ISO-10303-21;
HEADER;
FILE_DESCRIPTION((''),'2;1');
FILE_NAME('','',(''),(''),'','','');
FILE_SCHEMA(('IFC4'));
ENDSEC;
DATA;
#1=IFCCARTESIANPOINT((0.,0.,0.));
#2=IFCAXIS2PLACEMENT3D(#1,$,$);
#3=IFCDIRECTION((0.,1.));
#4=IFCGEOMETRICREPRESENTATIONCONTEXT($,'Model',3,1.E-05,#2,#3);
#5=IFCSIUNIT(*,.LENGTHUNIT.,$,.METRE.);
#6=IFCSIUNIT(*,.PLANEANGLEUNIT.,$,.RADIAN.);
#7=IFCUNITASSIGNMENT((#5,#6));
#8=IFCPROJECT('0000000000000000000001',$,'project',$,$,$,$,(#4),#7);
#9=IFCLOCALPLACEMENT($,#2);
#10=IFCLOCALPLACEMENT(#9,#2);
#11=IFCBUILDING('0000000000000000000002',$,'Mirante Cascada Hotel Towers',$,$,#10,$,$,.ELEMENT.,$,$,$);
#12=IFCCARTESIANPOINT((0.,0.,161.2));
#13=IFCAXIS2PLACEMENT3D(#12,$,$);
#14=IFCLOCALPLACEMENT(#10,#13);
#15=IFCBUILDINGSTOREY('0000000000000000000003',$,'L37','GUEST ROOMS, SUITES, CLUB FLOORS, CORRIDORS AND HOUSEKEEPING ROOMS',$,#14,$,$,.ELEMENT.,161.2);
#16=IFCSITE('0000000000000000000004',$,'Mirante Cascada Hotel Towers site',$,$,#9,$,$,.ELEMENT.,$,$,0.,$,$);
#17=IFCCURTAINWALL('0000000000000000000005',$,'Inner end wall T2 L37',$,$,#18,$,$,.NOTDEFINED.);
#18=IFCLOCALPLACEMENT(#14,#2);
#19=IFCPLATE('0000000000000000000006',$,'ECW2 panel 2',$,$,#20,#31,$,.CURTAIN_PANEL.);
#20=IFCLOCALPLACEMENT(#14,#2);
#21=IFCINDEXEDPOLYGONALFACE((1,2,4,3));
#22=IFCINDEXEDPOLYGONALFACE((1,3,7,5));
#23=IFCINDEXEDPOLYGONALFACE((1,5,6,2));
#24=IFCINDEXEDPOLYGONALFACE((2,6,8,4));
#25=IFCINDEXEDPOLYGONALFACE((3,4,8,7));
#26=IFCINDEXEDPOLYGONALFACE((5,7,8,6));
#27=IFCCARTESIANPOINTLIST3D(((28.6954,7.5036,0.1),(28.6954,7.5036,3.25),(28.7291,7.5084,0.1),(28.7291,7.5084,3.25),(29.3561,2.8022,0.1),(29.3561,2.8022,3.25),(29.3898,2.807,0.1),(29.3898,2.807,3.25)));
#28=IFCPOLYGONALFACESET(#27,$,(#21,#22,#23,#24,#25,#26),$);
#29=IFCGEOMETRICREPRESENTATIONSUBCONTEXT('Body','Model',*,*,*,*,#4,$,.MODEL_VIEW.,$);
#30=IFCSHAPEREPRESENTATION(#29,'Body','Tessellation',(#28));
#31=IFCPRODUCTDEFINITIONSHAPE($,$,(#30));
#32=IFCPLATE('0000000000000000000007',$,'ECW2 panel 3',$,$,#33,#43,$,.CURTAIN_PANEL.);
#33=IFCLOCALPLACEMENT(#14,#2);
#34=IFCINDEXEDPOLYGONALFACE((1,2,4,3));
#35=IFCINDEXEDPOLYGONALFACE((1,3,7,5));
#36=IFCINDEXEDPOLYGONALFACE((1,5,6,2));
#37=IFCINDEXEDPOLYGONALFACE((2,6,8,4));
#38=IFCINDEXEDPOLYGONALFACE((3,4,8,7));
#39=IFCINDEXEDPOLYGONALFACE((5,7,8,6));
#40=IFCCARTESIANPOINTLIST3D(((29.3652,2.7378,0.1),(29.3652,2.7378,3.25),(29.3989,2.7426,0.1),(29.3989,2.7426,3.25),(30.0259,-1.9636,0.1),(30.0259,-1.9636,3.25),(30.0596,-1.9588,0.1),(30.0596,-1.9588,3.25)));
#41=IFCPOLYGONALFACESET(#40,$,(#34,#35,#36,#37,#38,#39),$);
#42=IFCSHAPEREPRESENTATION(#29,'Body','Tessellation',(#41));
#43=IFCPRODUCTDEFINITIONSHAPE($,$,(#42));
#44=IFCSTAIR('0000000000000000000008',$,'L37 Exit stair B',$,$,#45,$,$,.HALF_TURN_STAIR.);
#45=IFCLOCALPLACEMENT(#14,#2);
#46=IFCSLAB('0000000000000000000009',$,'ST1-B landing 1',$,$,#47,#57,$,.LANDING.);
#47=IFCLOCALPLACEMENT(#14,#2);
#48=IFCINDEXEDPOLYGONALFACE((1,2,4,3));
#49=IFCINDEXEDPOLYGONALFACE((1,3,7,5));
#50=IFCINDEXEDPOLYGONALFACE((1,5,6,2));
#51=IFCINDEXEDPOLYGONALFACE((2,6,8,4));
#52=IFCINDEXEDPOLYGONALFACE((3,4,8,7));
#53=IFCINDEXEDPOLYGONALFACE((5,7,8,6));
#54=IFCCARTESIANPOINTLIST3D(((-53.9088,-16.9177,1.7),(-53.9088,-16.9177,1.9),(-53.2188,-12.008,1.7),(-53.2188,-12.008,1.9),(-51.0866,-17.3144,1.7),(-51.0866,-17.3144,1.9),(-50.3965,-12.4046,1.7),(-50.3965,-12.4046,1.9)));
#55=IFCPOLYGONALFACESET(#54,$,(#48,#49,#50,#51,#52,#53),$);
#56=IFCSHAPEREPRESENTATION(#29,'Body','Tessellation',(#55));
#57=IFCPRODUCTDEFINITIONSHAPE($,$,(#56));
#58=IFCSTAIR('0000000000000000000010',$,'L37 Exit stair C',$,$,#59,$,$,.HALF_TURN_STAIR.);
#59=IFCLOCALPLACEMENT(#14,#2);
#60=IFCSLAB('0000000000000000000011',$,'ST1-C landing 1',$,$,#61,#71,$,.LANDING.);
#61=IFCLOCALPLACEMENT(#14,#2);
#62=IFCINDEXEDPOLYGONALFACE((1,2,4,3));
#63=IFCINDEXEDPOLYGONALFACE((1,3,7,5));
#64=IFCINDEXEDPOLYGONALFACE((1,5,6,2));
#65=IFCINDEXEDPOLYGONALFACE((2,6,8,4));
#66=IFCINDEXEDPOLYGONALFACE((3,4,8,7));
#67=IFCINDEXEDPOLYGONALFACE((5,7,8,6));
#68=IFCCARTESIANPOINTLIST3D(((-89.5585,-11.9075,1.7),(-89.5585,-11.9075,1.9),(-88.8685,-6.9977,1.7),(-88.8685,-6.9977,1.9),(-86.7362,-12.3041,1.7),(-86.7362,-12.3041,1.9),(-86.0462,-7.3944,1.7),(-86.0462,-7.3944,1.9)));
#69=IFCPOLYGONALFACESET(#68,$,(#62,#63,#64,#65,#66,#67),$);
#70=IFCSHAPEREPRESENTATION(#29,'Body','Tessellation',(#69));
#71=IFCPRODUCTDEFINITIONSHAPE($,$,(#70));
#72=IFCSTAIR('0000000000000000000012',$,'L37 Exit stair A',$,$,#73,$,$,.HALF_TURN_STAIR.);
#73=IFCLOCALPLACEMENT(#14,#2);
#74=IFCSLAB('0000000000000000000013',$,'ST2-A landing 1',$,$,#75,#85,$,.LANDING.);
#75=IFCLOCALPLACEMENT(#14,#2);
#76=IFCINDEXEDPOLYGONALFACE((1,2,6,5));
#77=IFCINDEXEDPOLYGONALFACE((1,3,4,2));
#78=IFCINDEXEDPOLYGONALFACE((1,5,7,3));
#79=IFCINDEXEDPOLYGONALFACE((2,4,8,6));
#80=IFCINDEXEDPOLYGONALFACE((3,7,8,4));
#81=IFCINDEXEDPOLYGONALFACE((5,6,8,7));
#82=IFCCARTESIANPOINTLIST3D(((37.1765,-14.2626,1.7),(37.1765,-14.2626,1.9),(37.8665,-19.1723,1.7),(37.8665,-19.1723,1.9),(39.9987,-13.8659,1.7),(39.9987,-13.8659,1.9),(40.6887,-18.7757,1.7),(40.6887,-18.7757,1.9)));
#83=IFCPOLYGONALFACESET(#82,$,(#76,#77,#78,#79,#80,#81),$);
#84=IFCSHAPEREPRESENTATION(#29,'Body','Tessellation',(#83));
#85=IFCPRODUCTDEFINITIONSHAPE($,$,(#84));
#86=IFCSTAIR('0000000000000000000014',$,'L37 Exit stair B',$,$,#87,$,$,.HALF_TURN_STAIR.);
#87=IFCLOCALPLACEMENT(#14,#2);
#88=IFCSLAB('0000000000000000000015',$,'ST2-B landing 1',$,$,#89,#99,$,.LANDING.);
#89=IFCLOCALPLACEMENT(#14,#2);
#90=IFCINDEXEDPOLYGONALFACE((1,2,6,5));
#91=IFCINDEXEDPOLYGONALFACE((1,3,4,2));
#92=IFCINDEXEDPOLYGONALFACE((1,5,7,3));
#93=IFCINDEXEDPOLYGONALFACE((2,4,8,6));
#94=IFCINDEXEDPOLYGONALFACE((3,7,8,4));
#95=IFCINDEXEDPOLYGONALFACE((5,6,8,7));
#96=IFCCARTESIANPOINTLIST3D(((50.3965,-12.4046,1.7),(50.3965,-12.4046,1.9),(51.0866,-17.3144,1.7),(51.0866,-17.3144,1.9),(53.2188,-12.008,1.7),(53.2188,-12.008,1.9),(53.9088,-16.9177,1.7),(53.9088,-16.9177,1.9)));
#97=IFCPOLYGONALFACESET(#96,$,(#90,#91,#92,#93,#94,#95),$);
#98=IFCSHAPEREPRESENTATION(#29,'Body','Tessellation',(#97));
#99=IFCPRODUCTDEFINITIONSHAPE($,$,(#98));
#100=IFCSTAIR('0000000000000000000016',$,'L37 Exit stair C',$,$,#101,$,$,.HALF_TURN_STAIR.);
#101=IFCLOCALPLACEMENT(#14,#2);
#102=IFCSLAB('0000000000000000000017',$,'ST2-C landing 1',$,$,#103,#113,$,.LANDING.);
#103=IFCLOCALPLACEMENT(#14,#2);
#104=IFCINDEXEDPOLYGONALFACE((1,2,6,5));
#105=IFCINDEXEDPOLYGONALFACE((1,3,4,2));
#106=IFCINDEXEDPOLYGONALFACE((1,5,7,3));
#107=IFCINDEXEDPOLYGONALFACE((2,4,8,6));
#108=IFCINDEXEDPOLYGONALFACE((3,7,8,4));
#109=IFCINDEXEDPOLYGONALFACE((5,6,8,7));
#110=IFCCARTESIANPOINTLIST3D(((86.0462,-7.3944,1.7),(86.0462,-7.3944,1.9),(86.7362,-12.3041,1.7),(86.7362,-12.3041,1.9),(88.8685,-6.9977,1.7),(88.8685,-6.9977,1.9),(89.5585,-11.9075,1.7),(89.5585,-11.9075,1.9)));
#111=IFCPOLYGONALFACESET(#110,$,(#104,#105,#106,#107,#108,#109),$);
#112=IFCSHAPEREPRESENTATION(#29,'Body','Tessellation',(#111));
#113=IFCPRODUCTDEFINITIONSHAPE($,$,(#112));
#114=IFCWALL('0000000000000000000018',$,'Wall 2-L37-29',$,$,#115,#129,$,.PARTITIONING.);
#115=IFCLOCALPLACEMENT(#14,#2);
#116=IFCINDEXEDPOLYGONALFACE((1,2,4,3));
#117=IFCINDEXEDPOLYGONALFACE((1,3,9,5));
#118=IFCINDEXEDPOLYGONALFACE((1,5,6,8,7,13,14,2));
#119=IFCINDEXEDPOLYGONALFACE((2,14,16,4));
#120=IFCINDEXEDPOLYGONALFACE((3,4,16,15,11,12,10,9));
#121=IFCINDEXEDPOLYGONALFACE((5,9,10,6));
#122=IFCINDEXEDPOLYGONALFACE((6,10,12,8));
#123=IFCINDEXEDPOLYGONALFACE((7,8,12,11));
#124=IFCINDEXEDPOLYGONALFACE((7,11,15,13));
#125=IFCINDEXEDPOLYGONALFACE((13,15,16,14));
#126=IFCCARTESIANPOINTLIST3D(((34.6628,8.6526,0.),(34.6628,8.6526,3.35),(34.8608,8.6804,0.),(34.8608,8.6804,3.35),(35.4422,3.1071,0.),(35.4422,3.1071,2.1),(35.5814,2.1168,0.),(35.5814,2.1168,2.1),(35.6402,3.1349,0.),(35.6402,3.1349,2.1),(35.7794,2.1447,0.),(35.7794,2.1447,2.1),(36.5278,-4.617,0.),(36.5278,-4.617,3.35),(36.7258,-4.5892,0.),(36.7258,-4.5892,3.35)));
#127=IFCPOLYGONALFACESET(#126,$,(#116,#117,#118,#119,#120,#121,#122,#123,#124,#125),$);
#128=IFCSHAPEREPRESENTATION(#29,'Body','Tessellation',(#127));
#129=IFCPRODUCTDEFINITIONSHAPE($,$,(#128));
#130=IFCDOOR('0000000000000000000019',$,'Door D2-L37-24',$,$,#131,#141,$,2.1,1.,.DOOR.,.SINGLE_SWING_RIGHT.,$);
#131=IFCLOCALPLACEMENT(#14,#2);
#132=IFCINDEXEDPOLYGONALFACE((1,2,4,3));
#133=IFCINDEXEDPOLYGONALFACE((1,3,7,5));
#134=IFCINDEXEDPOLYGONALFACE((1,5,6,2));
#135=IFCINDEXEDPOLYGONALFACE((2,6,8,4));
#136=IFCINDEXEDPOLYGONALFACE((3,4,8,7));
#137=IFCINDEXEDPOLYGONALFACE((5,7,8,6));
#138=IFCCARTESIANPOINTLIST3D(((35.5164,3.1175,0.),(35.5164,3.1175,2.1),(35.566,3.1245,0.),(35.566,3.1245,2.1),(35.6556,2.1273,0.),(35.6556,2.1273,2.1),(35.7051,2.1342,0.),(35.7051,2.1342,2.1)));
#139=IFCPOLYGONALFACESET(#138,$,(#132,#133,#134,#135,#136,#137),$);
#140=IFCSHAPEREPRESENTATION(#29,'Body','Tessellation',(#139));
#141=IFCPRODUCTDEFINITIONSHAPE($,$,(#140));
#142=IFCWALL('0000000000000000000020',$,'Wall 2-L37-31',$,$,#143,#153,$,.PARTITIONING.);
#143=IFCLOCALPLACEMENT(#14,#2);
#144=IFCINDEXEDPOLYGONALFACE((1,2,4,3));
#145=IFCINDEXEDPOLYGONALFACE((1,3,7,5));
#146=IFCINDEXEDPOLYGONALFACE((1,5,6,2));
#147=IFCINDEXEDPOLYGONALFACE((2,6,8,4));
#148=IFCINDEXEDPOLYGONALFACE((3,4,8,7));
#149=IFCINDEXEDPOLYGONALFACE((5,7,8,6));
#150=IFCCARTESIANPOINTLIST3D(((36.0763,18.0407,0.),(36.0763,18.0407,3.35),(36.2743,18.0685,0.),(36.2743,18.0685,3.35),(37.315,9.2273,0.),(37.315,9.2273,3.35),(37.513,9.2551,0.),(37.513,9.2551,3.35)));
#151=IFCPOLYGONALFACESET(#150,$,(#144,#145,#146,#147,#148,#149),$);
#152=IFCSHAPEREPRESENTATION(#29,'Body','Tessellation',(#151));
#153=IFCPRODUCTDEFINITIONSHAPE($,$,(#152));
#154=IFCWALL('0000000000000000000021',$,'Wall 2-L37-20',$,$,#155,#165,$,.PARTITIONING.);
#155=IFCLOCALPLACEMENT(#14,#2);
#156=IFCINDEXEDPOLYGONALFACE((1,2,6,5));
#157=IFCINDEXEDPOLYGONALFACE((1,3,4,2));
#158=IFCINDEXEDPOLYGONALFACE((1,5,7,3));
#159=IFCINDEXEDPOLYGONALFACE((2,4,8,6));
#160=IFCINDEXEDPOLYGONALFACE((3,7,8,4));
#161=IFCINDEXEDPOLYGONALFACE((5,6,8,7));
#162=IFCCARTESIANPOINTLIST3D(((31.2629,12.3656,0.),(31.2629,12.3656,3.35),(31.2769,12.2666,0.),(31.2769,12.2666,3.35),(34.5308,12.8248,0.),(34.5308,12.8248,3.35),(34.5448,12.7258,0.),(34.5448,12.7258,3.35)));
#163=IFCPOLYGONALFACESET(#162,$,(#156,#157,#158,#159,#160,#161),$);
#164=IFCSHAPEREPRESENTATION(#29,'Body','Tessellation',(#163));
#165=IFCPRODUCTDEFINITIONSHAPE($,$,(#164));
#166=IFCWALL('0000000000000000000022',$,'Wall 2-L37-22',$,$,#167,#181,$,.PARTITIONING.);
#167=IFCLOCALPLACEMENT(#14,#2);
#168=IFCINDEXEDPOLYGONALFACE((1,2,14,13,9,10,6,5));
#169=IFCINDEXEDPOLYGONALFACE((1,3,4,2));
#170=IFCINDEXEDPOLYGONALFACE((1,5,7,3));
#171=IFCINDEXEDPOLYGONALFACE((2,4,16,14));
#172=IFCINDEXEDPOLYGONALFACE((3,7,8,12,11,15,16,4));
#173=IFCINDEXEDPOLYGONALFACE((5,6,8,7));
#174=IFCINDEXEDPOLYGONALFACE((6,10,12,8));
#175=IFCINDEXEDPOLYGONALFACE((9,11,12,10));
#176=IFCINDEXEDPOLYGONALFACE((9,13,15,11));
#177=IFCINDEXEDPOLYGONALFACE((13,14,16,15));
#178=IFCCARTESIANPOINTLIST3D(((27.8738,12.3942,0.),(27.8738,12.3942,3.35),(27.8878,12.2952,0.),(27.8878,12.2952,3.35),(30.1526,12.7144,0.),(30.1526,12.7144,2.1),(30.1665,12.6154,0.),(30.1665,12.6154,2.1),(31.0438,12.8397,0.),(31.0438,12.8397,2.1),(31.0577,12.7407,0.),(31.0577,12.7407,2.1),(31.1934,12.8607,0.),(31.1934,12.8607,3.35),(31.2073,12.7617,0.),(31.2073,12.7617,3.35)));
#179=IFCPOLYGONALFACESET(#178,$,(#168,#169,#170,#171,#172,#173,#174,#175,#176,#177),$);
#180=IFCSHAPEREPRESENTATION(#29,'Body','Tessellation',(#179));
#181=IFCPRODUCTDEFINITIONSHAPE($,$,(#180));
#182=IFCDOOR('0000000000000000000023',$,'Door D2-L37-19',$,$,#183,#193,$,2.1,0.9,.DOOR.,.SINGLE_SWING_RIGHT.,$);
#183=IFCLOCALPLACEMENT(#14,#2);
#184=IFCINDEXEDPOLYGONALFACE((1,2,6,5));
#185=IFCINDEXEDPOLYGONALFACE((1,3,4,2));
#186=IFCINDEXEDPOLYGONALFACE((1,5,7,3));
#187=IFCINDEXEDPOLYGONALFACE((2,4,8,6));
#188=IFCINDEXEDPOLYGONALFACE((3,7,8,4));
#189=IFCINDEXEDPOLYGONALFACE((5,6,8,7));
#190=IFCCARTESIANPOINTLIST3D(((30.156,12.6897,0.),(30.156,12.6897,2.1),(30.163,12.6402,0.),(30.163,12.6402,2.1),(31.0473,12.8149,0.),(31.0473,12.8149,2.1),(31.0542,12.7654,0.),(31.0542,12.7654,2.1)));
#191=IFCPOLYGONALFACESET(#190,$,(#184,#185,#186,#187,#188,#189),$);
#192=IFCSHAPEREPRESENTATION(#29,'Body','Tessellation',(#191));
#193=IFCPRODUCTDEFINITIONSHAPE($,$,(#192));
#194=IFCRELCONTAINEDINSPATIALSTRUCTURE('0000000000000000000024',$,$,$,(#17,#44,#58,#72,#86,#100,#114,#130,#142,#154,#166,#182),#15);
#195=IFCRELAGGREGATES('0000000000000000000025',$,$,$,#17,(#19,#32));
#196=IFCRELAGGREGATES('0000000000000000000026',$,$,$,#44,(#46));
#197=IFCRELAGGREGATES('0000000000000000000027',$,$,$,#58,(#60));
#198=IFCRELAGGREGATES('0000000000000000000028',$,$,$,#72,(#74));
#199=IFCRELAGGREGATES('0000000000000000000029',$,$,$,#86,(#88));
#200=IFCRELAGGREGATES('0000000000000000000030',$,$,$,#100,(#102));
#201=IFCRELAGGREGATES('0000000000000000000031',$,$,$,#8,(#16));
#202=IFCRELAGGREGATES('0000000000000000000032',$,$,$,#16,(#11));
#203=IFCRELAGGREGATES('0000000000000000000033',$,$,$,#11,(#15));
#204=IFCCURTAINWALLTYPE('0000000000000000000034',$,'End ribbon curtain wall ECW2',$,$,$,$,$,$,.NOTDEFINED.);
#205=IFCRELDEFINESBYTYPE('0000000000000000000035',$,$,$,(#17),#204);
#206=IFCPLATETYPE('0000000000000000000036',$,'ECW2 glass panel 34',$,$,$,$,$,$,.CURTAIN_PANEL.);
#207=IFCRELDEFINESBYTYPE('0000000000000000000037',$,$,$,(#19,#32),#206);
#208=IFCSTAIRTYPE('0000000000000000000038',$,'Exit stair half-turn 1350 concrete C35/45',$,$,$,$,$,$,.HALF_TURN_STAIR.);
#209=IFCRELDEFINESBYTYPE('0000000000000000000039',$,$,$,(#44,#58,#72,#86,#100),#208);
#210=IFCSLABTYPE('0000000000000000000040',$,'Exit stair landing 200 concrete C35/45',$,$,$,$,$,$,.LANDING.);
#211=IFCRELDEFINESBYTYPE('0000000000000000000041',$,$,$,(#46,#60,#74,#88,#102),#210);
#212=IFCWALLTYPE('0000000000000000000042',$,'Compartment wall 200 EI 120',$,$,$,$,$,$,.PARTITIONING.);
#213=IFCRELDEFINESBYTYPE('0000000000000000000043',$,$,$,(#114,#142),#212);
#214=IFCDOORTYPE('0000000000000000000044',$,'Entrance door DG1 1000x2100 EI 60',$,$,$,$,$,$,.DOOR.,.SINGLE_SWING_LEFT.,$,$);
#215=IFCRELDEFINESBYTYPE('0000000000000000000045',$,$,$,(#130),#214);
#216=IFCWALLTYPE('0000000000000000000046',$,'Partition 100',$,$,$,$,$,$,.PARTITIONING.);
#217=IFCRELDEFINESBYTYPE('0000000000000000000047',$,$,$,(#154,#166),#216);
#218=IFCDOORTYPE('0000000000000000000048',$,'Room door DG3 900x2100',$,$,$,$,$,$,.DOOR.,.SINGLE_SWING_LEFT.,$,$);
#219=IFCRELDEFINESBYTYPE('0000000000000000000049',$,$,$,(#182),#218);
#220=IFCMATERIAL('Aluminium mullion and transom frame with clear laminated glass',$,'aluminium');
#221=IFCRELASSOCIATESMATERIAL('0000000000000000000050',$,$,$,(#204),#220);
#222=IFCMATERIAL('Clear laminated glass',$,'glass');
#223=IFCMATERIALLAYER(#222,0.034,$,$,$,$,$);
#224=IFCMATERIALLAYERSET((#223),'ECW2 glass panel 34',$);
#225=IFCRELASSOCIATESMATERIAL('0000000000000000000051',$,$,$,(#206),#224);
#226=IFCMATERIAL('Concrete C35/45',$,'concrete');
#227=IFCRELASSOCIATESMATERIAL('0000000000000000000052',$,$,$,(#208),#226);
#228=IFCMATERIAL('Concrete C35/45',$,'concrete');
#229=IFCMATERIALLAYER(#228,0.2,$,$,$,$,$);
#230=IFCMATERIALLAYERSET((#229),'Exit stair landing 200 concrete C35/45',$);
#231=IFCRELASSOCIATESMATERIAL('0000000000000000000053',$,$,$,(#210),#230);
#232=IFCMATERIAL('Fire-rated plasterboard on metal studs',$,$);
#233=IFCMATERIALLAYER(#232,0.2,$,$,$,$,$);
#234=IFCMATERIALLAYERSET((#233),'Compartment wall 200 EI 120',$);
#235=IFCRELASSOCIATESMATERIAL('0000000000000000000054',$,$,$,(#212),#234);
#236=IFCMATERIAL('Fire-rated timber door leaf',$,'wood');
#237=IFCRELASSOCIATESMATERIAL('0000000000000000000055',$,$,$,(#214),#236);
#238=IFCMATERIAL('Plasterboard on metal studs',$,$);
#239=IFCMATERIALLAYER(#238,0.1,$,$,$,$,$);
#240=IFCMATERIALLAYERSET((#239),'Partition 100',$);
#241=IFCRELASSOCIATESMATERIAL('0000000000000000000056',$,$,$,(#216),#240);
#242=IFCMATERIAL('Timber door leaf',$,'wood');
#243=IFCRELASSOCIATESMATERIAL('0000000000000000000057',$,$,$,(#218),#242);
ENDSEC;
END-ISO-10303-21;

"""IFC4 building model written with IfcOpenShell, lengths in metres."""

from ifc_helpers import new_model, si_unit, direction, frame, frame_2d, origin, origin_2d, place, context, subcontext, project, spatial, polyline, rectangle, outline, extrude, material, layer, layer_set, type_object, element, fill, aggregate, save


model = new_model("IFC4")

# Units and contexts
model_context = context("Model", 3, precision=1e-05, world=origin(), true_north=direction((0.0, 1.0)))
body_context = subcontext(model_context, "Body", "Model", "MODEL_VIEW")
ifc_project = project(units=[si_unit("LENGTHUNIT", "METRE"), si_unit("PLANEANGLEUNIT", "RADIAN")], contexts=[model_context])

# Site, building, storey
site_placement = place(None, origin())
site = spatial("IfcSite", under=ifc_project, at=site_placement, Name="Mirante Cascada Hotel Towers site", CompositionType="ELEMENT", RefElevation=0.0)
building_placement = place(site_placement, origin())
building = spatial("IfcBuilding", under=site, at=building_placement, Name="Mirante Cascada Hotel Towers", CompositionType="ELEMENT")
storey_placement = place(building_placement, frame((0.0, 0.0, 161.2)))
storey = spatial("IfcBuildingStorey", under=building, at=storey_placement, Name="L37", Description="GUEST ROOMS, SUITES, CLUB FLOORS, CORRIDORS AND HOUSEKEEPING ROOMS", CompositionType="ELEMENT", Elevation=161.2)

# Curtain wall
ifc_material_1 = material(Name="Aluminium mullion and transom frame with clear laminated glass", Category="aluminium")
curtain_wall_type_1 = type_object("IfcCurtainWallType", Name="End ribbon curtain wall ECW2", PredefinedType="NOTDEFINED", material=ifc_material_1)
curtain_wall_1_placement = place(storey_placement, origin())
curtain_wall_1 = element("IfcCurtainWall", 1, at=curtain_wall_1_placement, inside=storey, type_object=curtain_wall_type_1, Name="Inner end wall T2 L37", PredefinedType="NOTDEFINED")

# Plates
ifc_material_2 = material(Name="Clear laminated glass", Category="glass")
ifc_layer_1 = layer(ifc_material_2, 0.034)
ifc_layer_set_1 = layer_set([ifc_layer_1], Name="ECW2 glass panel 34")
plate_type_1 = type_object("IfcPlateType", Name="ECW2 glass panel 34", PredefinedType="CURTAIN_PANEL", material=ifc_layer_set_1)
plate_1_placement = place(storey_placement, frame((29.0426, 5.1553, 0.1), z_axis=(0.0, 0.0, 1.0), x_axis=(0.139173, -0.990268, 0.0)))
plate_1 = element("IfcPlate", 2, at=plate_1_placement, type_object=plate_type_1, Name="ECW2 panel 2", PredefinedType="CURTAIN_PANEL", context=body_context, shape_type="SweptSolid", body=[
    extrude(rectangle(XDim=4.7476, YDim=0.034, at=origin_2d()), origin(), (0.0, 0.0, 1.0), 3.15),
])
plate_2_placement = place(storey_placement, frame((29.7124, 0.3895, 0.1), z_axis=(0.0, 0.0, 1.0), x_axis=(0.139173, -0.990268, 0.0)))
plate_2 = element("IfcPlate", 3, at=plate_2_placement, type_object=plate_type_1, Name="ECW2 panel 3", PredefinedType="CURTAIN_PANEL", context=body_context, shape_type="SweptSolid", body=[
    extrude(rectangle(XDim=4.7476, YDim=0.034, at=origin_2d()), origin(), (0.0, 0.0, 1.0), 3.15),
])
aggregate(curtain_wall_1, [plate_1, plate_2])

# Stairs, slabs
ifc_material_3 = material(Name="Concrete C35/45", Category="concrete")
stair_type = type_object("IfcStairType", Name="Exit stair half-turn 1350 concrete C35/45", PredefinedType="HALF_TURN_STAIR", material=ifc_material_3)
stair_1_placement = place(storey_placement, origin())
stair_1 = element("IfcStair", 4, at=stair_1_placement, inside=storey, type_object=stair_type, Name="L37 Exit stair B", PredefinedType="HALF_TURN_STAIR")
ifc_material_4 = material(Name="Concrete C35/45", Category="concrete")
ifc_layer_2 = layer(ifc_material_4, 0.2)
ifc_layer_set_2 = layer_set([ifc_layer_2], Name="Exit stair landing 200 concrete C35/45")
slab_type = type_object("IfcSlabType", Name="Exit stair landing 200 concrete C35/45", PredefinedType="LANDING", material=ifc_layer_set_2)
slab_1_placement = place(storey_placement, frame((0.0, 0.0, 1.7)))
slab_1 = element("IfcSlab", 5, at=slab_1_placement, type_object=slab_type, Name="ST1-B landing 1", PredefinedType="LANDING", context=body_context, shape_type="SweptSolid", body=[
    extrude(outline(polyline([(-53.2188, -12.008), (-53.9088, -16.9177), (-51.0866, -17.3144), (-50.3965, -12.4046), (-53.2188, -12.008)])), origin(), (0.0, 0.0, 1.0), 0.2),
])
aggregate(stair_1, [slab_1])
stair_2_placement = place(storey_placement, origin())
stair_2 = element("IfcStair", 6, at=stair_2_placement, inside=storey, type_object=stair_type, Name="L37 Exit stair C", PredefinedType="HALF_TURN_STAIR")
slab_2_placement = place(storey_placement, frame((0.0, 0.0, 1.7)))
slab_2 = element("IfcSlab", 7, at=slab_2_placement, type_object=slab_type, Name="ST1-C landing 1", PredefinedType="LANDING", context=body_context, shape_type="SweptSolid", body=[
    extrude(outline(polyline([(-88.8685, -6.9977), (-89.5585, -11.9075), (-86.7362, -12.3041), (-86.0462, -7.3944), (-88.8685, -6.9977)])), origin(), (0.0, 0.0, 1.0), 0.2),
])
aggregate(stair_2, [slab_2])
stair_3_placement = place(storey_placement, origin())
stair_3 = element("IfcStair", 8, at=stair_3_placement, inside=storey, type_object=stair_type, Name="L37 Exit stair A", PredefinedType="HALF_TURN_STAIR")
slab_3_placement = place(storey_placement, frame((0.0, 0.0, 1.7)))
slab_3 = element("IfcSlab", 9, at=slab_3_placement, type_object=slab_type, Name="ST2-A landing 1", PredefinedType="LANDING", context=body_context, shape_type="SweptSolid", body=[
    extrude(outline(polyline([(37.1765, -14.2626), (37.8665, -19.1723), (40.6887, -18.7757), (39.9987, -13.8659), (37.1765, -14.2626)])), origin(), (0.0, 0.0, 1.0), 0.2),
])
aggregate(stair_3, [slab_3])
stair_4_placement = place(storey_placement, origin())
stair_4 = element("IfcStair", 10, at=stair_4_placement, inside=storey, type_object=stair_type, Name="L37 Exit stair B", PredefinedType="HALF_TURN_STAIR")
slab_4_placement = place(storey_placement, frame((0.0, 0.0, 1.7)))
slab_4 = element("IfcSlab", 11, at=slab_4_placement, type_object=slab_type, Name="ST2-B landing 1", PredefinedType="LANDING", context=body_context, shape_type="SweptSolid", body=[
    extrude(outline(polyline([(50.3965, -12.4046), (51.0866, -17.3144), (53.9088, -16.9177), (53.2188, -12.008), (50.3965, -12.4046)])), origin(), (0.0, 0.0, 1.0), 0.2),
])
aggregate(stair_4, [slab_4])
stair_5_placement = place(storey_placement, origin())
stair_5 = element("IfcStair", 12, at=stair_5_placement, inside=storey, type_object=stair_type, Name="L37 Exit stair C", PredefinedType="HALF_TURN_STAIR")
slab_5_placement = place(storey_placement, frame((0.0, 0.0, 1.7)))
slab_5 = element("IfcSlab", 13, at=slab_5_placement, type_object=slab_type, Name="ST2-C landing 1", PredefinedType="LANDING", context=body_context, shape_type="SweptSolid", body=[
    extrude(outline(polyline([(86.0462, -7.3944), (86.7362, -12.3041), (89.5585, -11.9075), (88.8685, -6.9977), (86.0462, -7.3944)])), origin(), (0.0, 0.0, 1.0), 0.2),
])
aggregate(stair_5, [slab_5])

# Wall, opening, door
ifc_material_5 = material(Name="Fire-rated plasterboard on metal studs")
ifc_layer_3 = layer(ifc_material_5, 0.2)
ifc_layer_set_3 = layer_set([ifc_layer_3], Name="Compartment wall 200 EI 120")
wall_type_1 = type_object("IfcWallType", Name="Compartment wall 200 EI 120", PredefinedType="PARTITIONING", material=ifc_layer_set_3)
wall_1_placement = place(storey_placement, frame((34.7618, 8.6665, 0.0), z_axis=(0.0, 0.0, 1.0), x_axis=(0.139179, -0.990267, 0.0)))
wall_1 = element("IfcWall", 14, at=wall_1_placement, inside=storey, type_object=wall_type_1, Name="Wall 2-L37-29", PredefinedType="PARTITIONING", context=body_context, shape_type="SweptSolid", body=[
    extrude(rectangle(XDim=13.4, YDim=0.2, at=frame_2d((6.7, 0.0))), origin(), (0.0, 0.0, 1.0), 3.35),
])
opening_1_placement = place(wall_1_placement, frame((5.6, 0.0, 0.0)))
opening_1 = element("IfcOpeningElement", 15, at=opening_1_placement, cuts=wall_1, PredefinedType="OPENING", context=body_context, shape_type="SweptSolid", body=[
    extrude(rectangle(XDim=1.0, YDim=2.1, at=frame_2d((0.5, 1.05))), frame((0.0, 0.1, 0.0), z_axis=(0.0, -1.0, 0.0), x_axis=(1.0, 0.0, 0.0)), (0.0, 0.0, 1.0), 0.2),
])
ifc_material_6 = material(Name="Fire-rated timber door leaf", Category="wood")
door_type_1 = type_object("IfcDoorType", Name="Entrance door DG1 1000x2100 EI 60", OperationType="SINGLE_SWING_LEFT", PredefinedType="DOOR", material=ifc_material_6)
door_1_placement = place(opening_1_placement, frame((1.0, 0.0, 0.0), z_axis=(0.0, 0.0, 1.0), x_axis=(-1.0, 0.0, 0.0)))
door_1 = element("IfcDoor", 16, at=door_1_placement, inside=storey, type_object=door_type_1, Name="Door D2-L37-24", OperationType="SINGLE_SWING_RIGHT", OverallHeight=2.1, OverallWidth=1.0, PredefinedType="DOOR", context=body_context, shape_type="SweptSolid", body=[
    extrude(rectangle(XDim=1.0, YDim=2.1, at=frame_2d((0.5, 1.05))), frame((0.0, 0.025, 0.0), z_axis=(0.0, -1.0, 0.0), x_axis=(1.0, 0.0, 0.0)), (0.0, 0.0, 1.0), 0.05),
])
fill(opening_1, door_1)

# Walls
wall_2_placement = place(storey_placement, frame((36.1753, 18.0546, 0.0), z_axis=(0.0, 0.0, 1.0), x_axis=(0.139179, -0.990267, 0.0)))
element("IfcWall", 17, at=wall_2_placement, inside=storey, type_object=wall_type_1, Name="Wall 2-L37-31", PredefinedType="PARTITIONING", context=body_context, shape_type="SweptSolid", body=[
    extrude(rectangle(XDim=8.9, YDim=0.2, at=frame_2d((4.45, 0.0))), origin(), (0.0, 0.0, 1.0), 3.35),
])
ifc_material_7 = material(Name="Plasterboard on metal studs")
ifc_layer_4 = layer(ifc_material_7, 0.1)
ifc_layer_set_4 = layer_set([ifc_layer_4], Name="Partition 100")
wall_type_2 = type_object("IfcWallType", Name="Partition 100", PredefinedType="PARTITIONING", material=ifc_layer_set_4)
wall_3_placement = place(storey_placement, frame((31.2699, 12.3161, 0.0), z_axis=(0.0, 0.0, 1.0), x_axis=(0.990271, 0.139151, 0.0)))
element("IfcWall", 18, at=wall_3_placement, inside=storey, type_object=wall_type_2, Name="Wall 2-L37-20", PredefinedType="PARTITIONING", context=body_context, shape_type="SweptSolid", body=[
    extrude(rectangle(XDim=3.3, YDim=0.1, at=frame_2d((1.65, 0.0))), origin(), (0.0, 0.0, 1.0), 3.35),
])

# Wall, opening, door
wall_4_placement = place(storey_placement, frame((27.8808, 12.3447, 0.0), z_axis=(0.0, 0.0, 1.0), x_axis=(0.99027, 0.139162, 0.0)))
wall_4 = element("IfcWall", 19, at=wall_4_placement, inside=storey, type_object=wall_type_2, Name="Wall 2-L37-22", PredefinedType="PARTITIONING", context=body_context, shape_type="SweptSolid", body=[
    extrude(rectangle(XDim=3.3522, YDim=0.1, at=frame_2d((1.6761, 0.0))), origin(), (0.0, 0.0, 1.0), 3.35),
])
opening_2_placement = place(wall_4_placement, frame((2.3011, 0.0, 0.0)))
opening_2 = element("IfcOpeningElement", 20, at=opening_2_placement, cuts=wall_4, PredefinedType="OPENING", context=body_context, shape_type="SweptSolid", body=[
    extrude(rectangle(XDim=0.9, YDim=2.1, at=frame_2d((0.45, 1.05))), frame((0.0, 0.05, 0.0), z_axis=(0.0, -1.0, 0.0), x_axis=(1.0, 0.0, 0.0)), (0.0, 0.0, 1.0), 0.1),
])
ifc_material_8 = material(Name="Timber door leaf", Category="wood")
door_type_2 = type_object("IfcDoorType", Name="Room door DG3 900x2100", OperationType="SINGLE_SWING_LEFT", PredefinedType="DOOR", material=ifc_material_8)
door_2_placement = place(opening_2_placement, frame((0.9, 0.0, 0.0), z_axis=(0.0, 0.0, 1.0), x_axis=(-1.0, 0.0, 0.0)))
door_2 = element("IfcDoor", 21, at=door_2_placement, inside=storey, type_object=door_type_2, Name="Door D2-L37-19", OperationType="SINGLE_SWING_RIGHT", OverallHeight=2.1, OverallWidth=0.9, PredefinedType="DOOR", context=body_context, shape_type="SweptSolid", body=[
    extrude(rectangle(XDim=0.9, YDim=2.1, at=frame_2d((0.45, 1.05))), frame((0.0, 0.025, 0.0), z_axis=(0.0, -1.0, 0.0), x_axis=(1.0, 0.0, 0.0)), (0.0, 0.0, 1.0), 0.05),
])
fill(opening_2, door_2)

save(model, "model.ifc")
